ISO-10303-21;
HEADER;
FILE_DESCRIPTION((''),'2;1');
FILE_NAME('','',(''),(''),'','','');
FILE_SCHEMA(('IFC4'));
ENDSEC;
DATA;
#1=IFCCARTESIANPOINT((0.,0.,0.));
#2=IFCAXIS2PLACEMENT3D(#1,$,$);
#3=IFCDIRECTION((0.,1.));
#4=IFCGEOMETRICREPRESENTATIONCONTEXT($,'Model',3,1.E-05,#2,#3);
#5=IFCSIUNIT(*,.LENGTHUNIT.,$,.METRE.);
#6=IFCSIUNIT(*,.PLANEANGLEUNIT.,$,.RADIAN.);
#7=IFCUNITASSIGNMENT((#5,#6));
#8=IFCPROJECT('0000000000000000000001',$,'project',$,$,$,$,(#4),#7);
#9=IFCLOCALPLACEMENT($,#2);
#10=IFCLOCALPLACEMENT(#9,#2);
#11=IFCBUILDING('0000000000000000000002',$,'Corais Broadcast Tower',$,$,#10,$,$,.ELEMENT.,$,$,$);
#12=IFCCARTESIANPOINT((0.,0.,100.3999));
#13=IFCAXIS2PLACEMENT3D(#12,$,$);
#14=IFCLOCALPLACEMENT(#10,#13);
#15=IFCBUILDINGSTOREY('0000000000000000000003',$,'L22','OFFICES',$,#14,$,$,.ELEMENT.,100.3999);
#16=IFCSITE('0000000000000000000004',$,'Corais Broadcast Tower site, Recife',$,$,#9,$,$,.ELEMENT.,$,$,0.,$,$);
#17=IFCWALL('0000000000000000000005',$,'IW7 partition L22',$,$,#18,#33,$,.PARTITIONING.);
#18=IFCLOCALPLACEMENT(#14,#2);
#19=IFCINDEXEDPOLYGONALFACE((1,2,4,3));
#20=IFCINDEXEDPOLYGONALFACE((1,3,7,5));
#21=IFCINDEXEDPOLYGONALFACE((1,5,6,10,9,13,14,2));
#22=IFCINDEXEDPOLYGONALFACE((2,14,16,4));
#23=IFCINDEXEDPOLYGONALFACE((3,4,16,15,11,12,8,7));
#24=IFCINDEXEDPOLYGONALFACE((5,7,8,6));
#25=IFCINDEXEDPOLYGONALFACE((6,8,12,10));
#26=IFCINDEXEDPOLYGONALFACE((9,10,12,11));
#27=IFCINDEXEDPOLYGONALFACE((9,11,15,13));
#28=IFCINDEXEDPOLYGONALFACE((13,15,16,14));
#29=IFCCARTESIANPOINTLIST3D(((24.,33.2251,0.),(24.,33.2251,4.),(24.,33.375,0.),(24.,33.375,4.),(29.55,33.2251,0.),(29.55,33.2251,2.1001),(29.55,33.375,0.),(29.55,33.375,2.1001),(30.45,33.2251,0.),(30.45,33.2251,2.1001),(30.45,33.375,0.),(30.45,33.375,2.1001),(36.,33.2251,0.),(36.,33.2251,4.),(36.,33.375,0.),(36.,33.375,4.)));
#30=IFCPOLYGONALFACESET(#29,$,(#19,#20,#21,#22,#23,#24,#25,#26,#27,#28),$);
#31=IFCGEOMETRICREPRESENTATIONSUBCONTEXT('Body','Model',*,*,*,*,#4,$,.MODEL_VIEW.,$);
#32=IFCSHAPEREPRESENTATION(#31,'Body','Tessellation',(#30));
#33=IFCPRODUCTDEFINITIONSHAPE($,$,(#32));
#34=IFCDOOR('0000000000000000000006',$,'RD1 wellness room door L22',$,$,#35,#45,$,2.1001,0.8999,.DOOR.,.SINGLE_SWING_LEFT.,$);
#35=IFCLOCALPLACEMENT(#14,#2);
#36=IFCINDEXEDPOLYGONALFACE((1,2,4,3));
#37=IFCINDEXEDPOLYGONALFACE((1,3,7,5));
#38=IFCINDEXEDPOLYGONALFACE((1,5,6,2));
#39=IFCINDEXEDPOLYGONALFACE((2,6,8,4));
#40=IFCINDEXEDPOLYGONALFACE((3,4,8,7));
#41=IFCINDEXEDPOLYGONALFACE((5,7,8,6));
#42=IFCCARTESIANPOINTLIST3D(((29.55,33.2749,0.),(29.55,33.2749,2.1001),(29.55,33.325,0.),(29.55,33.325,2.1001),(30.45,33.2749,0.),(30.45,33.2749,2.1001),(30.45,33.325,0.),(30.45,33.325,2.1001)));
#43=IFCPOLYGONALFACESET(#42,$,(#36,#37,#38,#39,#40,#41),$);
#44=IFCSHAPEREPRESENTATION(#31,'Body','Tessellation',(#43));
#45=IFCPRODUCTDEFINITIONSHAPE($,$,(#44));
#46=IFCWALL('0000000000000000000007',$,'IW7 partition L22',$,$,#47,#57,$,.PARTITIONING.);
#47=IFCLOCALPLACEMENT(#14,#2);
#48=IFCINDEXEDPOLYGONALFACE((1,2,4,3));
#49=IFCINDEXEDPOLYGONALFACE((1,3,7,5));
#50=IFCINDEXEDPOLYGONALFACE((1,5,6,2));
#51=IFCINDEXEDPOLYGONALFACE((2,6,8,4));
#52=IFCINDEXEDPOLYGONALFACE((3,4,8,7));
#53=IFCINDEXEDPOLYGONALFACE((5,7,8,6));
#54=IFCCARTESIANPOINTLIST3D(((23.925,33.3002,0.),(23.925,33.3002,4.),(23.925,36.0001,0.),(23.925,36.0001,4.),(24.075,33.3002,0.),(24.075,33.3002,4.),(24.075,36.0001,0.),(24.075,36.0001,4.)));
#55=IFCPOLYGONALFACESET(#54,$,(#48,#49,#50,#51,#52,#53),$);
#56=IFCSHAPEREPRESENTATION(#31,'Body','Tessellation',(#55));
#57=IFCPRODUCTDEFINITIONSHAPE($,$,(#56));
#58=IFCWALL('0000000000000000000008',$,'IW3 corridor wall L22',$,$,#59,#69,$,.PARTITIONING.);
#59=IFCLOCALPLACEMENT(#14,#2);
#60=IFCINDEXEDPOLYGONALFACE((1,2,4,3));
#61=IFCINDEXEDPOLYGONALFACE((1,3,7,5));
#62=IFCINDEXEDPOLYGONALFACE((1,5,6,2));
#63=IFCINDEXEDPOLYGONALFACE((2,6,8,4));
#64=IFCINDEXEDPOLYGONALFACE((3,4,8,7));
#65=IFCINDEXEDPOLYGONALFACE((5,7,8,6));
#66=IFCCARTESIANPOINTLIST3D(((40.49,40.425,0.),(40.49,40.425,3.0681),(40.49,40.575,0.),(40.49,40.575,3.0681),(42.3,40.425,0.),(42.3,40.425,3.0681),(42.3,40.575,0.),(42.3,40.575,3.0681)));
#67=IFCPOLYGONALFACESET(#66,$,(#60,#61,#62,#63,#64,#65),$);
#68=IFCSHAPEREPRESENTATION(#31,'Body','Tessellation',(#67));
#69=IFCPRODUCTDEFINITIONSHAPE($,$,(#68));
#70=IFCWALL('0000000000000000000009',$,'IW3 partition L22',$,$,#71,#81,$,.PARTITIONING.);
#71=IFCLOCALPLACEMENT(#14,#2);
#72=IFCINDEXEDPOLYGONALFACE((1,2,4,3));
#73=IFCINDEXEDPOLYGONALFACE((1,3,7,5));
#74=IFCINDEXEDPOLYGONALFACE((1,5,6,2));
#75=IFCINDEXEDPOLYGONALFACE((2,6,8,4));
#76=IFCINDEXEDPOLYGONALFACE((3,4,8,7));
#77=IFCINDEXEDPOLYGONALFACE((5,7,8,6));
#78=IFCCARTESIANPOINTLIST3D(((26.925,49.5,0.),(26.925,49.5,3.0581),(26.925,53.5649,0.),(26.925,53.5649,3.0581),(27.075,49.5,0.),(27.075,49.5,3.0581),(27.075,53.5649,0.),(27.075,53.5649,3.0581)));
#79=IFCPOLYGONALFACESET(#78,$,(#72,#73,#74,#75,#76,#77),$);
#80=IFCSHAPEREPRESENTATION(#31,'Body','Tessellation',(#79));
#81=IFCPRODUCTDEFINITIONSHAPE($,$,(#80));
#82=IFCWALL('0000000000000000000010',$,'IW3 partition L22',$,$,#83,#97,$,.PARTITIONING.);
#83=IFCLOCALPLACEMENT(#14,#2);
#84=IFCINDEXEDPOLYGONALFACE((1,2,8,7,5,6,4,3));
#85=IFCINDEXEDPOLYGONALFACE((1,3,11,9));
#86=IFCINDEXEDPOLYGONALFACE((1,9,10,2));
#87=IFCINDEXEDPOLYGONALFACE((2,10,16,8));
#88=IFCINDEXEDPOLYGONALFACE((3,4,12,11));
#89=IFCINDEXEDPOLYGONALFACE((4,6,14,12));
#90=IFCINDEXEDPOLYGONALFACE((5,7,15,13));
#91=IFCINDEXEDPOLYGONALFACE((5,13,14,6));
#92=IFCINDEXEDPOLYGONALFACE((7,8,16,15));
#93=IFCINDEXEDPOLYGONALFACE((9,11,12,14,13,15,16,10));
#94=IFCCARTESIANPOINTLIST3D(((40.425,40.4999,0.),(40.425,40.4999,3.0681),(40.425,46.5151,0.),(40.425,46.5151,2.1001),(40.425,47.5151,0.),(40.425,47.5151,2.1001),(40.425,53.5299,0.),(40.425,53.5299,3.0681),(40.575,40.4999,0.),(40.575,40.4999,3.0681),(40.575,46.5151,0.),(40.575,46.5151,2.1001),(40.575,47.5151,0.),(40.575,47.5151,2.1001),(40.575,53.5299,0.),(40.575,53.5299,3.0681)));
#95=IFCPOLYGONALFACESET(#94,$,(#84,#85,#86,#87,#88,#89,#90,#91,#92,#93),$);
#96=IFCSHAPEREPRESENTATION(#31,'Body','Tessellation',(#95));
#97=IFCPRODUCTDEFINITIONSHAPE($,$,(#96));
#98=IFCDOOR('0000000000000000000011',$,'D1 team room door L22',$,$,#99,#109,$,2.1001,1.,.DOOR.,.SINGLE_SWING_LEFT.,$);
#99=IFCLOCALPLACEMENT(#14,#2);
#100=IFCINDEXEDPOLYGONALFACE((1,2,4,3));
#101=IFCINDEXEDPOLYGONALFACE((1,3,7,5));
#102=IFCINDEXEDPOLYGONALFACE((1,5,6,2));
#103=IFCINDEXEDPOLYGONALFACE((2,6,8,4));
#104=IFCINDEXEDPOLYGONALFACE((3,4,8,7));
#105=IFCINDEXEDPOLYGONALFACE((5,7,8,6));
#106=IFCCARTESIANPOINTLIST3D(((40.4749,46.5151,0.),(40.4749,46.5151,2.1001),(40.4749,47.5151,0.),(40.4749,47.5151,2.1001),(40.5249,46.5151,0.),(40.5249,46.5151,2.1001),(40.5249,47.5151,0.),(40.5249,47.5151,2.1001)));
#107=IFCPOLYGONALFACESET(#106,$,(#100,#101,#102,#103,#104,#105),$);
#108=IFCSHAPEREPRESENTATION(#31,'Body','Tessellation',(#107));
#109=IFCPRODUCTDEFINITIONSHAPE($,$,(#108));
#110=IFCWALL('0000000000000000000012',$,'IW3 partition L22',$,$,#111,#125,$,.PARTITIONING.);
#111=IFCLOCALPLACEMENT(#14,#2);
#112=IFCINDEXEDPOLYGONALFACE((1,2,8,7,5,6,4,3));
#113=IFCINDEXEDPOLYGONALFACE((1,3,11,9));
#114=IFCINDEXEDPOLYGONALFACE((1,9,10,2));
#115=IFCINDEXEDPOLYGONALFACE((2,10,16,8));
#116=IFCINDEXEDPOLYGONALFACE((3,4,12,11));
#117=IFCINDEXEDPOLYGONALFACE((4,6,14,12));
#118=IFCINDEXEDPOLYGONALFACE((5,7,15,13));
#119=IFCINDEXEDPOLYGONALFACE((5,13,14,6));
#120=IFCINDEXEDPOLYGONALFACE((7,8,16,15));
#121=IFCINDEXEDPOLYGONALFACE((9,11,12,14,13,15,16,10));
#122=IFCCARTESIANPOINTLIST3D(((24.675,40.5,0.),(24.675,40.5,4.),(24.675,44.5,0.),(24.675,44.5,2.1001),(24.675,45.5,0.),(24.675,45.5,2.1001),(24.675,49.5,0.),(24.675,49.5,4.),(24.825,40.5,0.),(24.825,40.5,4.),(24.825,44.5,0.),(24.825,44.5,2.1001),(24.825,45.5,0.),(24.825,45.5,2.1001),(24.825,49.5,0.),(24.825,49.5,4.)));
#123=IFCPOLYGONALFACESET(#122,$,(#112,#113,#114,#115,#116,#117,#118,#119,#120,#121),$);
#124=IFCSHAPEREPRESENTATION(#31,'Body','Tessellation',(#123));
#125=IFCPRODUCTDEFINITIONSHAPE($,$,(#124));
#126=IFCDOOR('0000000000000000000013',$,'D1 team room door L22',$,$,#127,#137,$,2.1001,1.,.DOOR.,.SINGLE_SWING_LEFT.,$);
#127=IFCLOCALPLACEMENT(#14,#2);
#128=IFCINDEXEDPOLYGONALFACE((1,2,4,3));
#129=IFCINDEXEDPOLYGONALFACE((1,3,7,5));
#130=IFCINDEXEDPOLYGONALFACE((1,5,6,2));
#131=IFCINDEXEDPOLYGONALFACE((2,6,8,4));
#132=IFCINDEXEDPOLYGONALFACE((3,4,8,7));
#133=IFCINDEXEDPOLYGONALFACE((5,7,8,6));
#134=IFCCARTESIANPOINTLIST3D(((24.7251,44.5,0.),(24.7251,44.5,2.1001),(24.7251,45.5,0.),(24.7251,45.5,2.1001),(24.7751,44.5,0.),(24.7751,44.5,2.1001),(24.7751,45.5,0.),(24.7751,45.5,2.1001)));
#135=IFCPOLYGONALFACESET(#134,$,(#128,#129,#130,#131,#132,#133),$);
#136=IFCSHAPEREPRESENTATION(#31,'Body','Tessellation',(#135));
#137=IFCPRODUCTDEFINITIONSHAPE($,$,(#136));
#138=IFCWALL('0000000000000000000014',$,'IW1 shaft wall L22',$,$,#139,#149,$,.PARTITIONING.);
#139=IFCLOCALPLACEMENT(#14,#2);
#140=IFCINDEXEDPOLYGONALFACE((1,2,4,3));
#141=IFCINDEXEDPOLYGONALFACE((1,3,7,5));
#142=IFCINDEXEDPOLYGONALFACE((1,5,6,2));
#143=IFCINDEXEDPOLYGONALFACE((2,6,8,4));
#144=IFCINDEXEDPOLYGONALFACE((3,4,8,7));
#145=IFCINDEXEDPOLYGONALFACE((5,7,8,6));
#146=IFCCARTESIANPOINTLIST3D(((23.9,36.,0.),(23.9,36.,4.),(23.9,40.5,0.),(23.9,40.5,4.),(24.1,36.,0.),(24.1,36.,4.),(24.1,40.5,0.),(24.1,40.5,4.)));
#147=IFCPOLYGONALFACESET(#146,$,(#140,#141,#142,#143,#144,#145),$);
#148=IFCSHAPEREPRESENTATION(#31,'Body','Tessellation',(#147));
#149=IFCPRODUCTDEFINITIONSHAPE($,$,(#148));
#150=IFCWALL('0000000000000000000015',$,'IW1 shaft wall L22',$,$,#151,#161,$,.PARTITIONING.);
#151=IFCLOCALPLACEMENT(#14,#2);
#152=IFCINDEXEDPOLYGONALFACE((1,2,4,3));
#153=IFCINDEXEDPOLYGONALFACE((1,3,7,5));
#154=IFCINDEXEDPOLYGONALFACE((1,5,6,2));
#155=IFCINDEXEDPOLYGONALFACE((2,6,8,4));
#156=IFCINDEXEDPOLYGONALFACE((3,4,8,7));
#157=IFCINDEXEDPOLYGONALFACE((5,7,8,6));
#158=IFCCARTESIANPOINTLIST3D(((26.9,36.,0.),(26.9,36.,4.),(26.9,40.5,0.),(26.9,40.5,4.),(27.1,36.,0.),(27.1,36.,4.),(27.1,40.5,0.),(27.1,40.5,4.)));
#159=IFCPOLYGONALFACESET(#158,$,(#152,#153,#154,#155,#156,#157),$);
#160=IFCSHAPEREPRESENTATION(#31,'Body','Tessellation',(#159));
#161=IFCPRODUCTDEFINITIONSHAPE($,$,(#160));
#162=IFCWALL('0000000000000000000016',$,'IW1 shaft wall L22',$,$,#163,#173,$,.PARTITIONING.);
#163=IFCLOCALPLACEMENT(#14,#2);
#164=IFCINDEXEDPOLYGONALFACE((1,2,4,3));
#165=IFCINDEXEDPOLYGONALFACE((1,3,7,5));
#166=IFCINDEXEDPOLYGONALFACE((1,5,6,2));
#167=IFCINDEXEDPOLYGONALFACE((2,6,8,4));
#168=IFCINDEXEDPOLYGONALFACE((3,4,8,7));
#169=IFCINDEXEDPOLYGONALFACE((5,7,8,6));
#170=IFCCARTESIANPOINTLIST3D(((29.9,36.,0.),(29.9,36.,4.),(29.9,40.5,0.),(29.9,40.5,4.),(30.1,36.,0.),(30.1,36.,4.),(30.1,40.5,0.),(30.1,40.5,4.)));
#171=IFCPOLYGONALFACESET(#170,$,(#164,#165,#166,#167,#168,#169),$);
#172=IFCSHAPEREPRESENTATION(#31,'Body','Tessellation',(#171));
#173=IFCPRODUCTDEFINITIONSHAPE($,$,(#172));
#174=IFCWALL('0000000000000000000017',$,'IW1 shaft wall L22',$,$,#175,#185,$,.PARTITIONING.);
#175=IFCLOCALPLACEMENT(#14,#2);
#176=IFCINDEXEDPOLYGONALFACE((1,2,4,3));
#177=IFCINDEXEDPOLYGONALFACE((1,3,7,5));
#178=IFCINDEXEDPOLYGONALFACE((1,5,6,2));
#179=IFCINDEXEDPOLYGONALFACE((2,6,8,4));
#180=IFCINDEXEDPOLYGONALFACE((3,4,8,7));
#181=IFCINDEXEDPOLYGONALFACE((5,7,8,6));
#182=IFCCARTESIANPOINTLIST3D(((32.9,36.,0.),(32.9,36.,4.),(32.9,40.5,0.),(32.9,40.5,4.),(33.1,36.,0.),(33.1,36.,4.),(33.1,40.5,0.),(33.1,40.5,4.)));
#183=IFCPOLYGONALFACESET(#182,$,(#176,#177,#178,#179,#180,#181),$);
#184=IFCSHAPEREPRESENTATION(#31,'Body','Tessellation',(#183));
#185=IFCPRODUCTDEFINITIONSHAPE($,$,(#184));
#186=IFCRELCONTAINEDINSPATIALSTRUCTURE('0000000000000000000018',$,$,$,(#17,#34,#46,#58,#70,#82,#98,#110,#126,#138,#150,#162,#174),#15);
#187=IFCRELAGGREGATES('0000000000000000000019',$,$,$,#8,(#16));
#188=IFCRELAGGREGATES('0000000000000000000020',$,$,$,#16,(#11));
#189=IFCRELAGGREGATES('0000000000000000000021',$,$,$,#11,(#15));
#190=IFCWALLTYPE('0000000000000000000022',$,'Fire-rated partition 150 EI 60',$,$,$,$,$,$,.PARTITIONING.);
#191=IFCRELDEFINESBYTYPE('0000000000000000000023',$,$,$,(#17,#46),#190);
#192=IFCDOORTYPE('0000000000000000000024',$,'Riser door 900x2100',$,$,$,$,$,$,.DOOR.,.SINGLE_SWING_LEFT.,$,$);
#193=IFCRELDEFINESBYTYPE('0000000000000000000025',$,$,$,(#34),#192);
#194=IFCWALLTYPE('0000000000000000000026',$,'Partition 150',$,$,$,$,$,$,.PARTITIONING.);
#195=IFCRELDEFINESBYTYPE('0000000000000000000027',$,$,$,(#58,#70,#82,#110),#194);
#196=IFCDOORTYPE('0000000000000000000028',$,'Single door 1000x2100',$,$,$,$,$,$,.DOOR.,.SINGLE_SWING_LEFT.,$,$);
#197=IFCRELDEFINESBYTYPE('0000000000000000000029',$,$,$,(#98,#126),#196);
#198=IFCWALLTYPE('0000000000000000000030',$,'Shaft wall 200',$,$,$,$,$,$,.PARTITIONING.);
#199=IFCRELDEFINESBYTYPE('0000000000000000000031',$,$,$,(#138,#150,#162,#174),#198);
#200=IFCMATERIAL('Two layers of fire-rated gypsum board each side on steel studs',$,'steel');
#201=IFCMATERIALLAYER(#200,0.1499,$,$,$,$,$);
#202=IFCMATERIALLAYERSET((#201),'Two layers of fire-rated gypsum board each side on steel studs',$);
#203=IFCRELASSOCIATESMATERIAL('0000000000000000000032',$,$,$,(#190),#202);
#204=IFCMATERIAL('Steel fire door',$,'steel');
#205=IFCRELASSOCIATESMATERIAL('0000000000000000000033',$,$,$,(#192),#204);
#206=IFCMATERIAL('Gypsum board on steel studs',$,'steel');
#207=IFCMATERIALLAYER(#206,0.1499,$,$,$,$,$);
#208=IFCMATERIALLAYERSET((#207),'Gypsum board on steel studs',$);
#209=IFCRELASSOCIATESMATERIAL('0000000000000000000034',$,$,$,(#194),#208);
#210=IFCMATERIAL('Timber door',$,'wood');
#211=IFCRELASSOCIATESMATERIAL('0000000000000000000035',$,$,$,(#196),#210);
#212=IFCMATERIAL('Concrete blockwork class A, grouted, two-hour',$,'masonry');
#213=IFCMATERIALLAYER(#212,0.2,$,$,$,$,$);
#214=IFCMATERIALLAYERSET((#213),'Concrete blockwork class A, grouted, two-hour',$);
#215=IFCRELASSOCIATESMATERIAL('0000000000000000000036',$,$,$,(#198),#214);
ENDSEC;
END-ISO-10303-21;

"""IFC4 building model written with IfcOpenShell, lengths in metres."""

from ifc_helpers import new_model, si_unit, direction, frame, frame_2d, origin, place, context, subcontext, project, spatial, rectangle, extrude, material, layer, layer_set, type_object, element, fill, save


model = new_model("IFC4")

# Units and contexts
model_context = context("Model", 3, precision=1e-05, world=origin(), true_north=direction((0.0, 1.0)))
body_context = subcontext(model_context, "Body", "Model", "MODEL_VIEW")
ifc_project = project(units=[si_unit("LENGTHUNIT", "METRE"), si_unit("PLANEANGLEUNIT", "RADIAN")], contexts=[model_context])

# Site, building, storey
site_placement = place(None, origin())
site = spatial("IfcSite", under=ifc_project, at=site_placement, Name="Corais Broadcast Tower site, Recife", CompositionType="ELEMENT", RefElevation=0.0)
building_placement = place(site_placement, origin())
building = spatial("IfcBuilding", under=site, at=building_placement, Name="Corais Broadcast Tower", CompositionType="ELEMENT")
storey_placement = place(building_placement, frame((0.0, 0.0, 100.3999)))
storey = spatial("IfcBuildingStorey", under=building, at=storey_placement, Name="L22", Description="OFFICES", CompositionType="ELEMENT", Elevation=100.3999)

# Wall, opening, door
ifc_material_1 = material(Name="Two layers of fire-rated gypsum board each side on steel studs", Category="steel")
ifc_layer_1 = layer(ifc_material_1, 0.1499)
ifc_layer_set_1 = layer_set([ifc_layer_1], Name="Two layers of fire-rated gypsum board each side on steel studs")
wall_type_1 = type_object("IfcWallType", Name="Fire-rated partition 150 EI 60", PredefinedType="PARTITIONING", material=ifc_layer_set_1)
wall_1_placement = place(storey_placement, frame((24.0, 33.3, 0.0), z_axis=(0.0, 0.0, 1.0), x_axis=(1.0, 0.0, 0.0)))
wall_1 = element("IfcWall", 1, at=wall_1_placement, inside=storey, type_object=wall_type_1, Name="IW7 partition L22", PredefinedType="PARTITIONING", context=body_context, shape_type="SweptSolid", body=[
    extrude(rectangle(XDim=12.0, YDim=0.1499, at=frame_2d((6.0, 0.0))), origin(), (0.0, 0.0, 1.0), 4.0),
])
opening_1_placement = place(wall_1_placement, frame((5.55, 0.0, 0.0)))
opening_1 = element("IfcOpeningElement", 2, at=opening_1_placement, cuts=wall_1, PredefinedType="OPENING", context=body_context, shape_type="SweptSolid", body=[
    extrude(rectangle(XDim=0.8999, YDim=2.1001, at=frame_2d((0.45, 1.05))), frame((0.0, 0.085, 0.0), z_axis=(0.0, -1.0, 0.0), x_axis=(1.0, 0.0, 0.0)), (0.0, 0.0, 1.0), 0.1699),
])
ifc_material_2 = material(Name="Steel fire door", Category="steel")
door_type_1 = type_object("IfcDoorType", Name="Riser door 900x2100", OperationType="SINGLE_SWING_LEFT", PredefinedType="DOOR", material=ifc_material_2)
door_1_placement = place(opening_1_placement, origin())
door_1 = element("IfcDoor", 3, at=door_1_placement, inside=storey, type_object=door_type_1, Name="RD1 wellness room door L22", OperationType="SINGLE_SWING_LEFT", OverallHeight=2.1001, OverallWidth=0.8999, PredefinedType="DOOR", context=body_context, shape_type="SweptSolid", body=[
    extrude(rectangle(XDim=0.8999, YDim=2.1001, at=frame_2d((0.45, 1.05))), frame((0.0, 0.0249, 0.0), z_axis=(0.0, -1.0, 0.0), x_axis=(1.0, 0.0, 0.0)), (0.0, 0.0, 1.0), 0.05),
])
fill(opening_1, door_1)

# Walls
wall_2_placement = place(storey_placement, frame((24.0, 33.3, 0.0), z_axis=(0.0, 0.0, 1.0), x_axis=(0.0, 1.0, 0.0)))
element("IfcWall", 4, at=wall_2_placement, inside=storey, type_object=wall_type_1, Name="IW7 partition L22", PredefinedType="PARTITIONING", context=body_context, shape_type="SweptSolid", body=[
    extrude(rectangle(XDim=2.7, YDim=0.1499, at=frame_2d((1.3501, 0.0))), origin(), (0.0, 0.0, 1.0), 4.0),
])
ifc_material_3 = material(Name="Gypsum board on steel studs", Category="steel")
ifc_layer_2 = layer(ifc_material_3, 0.1499)
ifc_layer_set_2 = layer_set([ifc_layer_2], Name="Gypsum board on steel studs")
wall_type_2 = type_object("IfcWallType", Name="Partition 150", PredefinedType="PARTITIONING", material=ifc_layer_set_2)
wall_3_placement = place(storey_placement, frame((42.3, 40.5, 0.0), z_axis=(0.0, 0.0, 1.0), x_axis=(-1.0, 0.0, 0.0)))
element("IfcWall", 5, at=wall_3_placement, inside=storey, type_object=wall_type_2, Name="IW3 corridor wall L22", PredefinedType="PARTITIONING", context=body_context, shape_type="SweptSolid", body=[
    extrude(rectangle(XDim=1.8101, YDim=0.1499, at=frame_2d((0.905, 0.0))), origin(), (0.0, 0.0, 1.0), 3.0681),
])
wall_4_placement = place(storey_placement, frame((27.0, 49.5, 0.0), z_axis=(0.0, 0.0, 1.0), x_axis=(0.0, 1.0, 0.0)))
element("IfcWall", 6, at=wall_4_placement, inside=storey, type_object=wall_type_2, Name="IW3 partition L22", PredefinedType="PARTITIONING", context=body_context, shape_type="SweptSolid", body=[
    extrude(rectangle(XDim=4.0649, YDim=0.1499, at=frame_2d((2.0325, 0.0))), origin(), (0.0, 0.0, 1.0), 3.0581),
])

# Walls, openings, doors
wall_5_placement = place(storey_placement, frame((40.5, 53.53, 0.0), z_axis=(0.0, 0.0, 1.0), x_axis=(0.0, -1.0, 0.0)))
wall_5 = element("IfcWall", 7, at=wall_5_placement, inside=storey, type_object=wall_type_2, Name="IW3 partition L22", PredefinedType="PARTITIONING", context=body_context, shape_type="SweptSolid", body=[
    extrude(rectangle(XDim=13.03, YDim=0.1499, at=frame_2d((6.5151, 0.0))), origin(), (0.0, 0.0, 1.0), 3.0681),
])
opening_2_placement = place(wall_5_placement, frame((6.0149, 0.0, 0.0)))
opening_2 = element("IfcOpeningElement", 8, at=opening_2_placement, cuts=wall_5, PredefinedType="OPENING", context=body_context, shape_type="SweptSolid", body=[
    extrude(rectangle(XDim=1.0, YDim=2.1001, at=frame_2d((0.5, 1.05))), frame((0.0, 0.085, 0.0), z_axis=(0.0, -1.0, 0.0), x_axis=(1.0, 0.0, 0.0)), (0.0, 0.0, 1.0), 0.1699),
])
ifc_material_4 = material(Name="Timber door", Category="wood")
door_type_2 = type_object("IfcDoorType", Name="Single door 1000x2100", OperationType="SINGLE_SWING_LEFT", PredefinedType="DOOR", material=ifc_material_4)
door_2_placement = place(opening_2_placement, origin())
door_2 = element("IfcDoor", 9, at=door_2_placement, inside=storey, type_object=door_type_2, Name="D1 team room door L22", OperationType="SINGLE_SWING_LEFT", OverallHeight=2.1001, OverallWidth=1.0, PredefinedType="DOOR", context=body_context, shape_type="SweptSolid", body=[
    extrude(rectangle(XDim=1.0, YDim=2.1001, at=frame_2d((0.5, 1.05))), frame((0.0, 0.0249, 0.0), z_axis=(0.0, -1.0, 0.0), x_axis=(1.0, 0.0, 0.0)), (0.0, 0.0, 1.0), 0.05),
])
fill(opening_2, door_2)
wall_6_placement = place(storey_placement, frame((24.75, 40.5, 0.0), z_axis=(0.0, 0.0, 1.0), x_axis=(0.0, 1.0, 0.0)))
wall_6 = element("IfcWall", 10, at=wall_6_placement, inside=storey, type_object=wall_type_2, Name="IW3 partition L22", PredefinedType="PARTITIONING", context=body_context, shape_type="SweptSolid", body=[
    extrude(rectangle(XDim=9.0, YDim=0.1499, at=frame_2d((4.5, 0.0))), origin(), (0.0, 0.0, 1.0), 4.0),
])
opening_3_placement = place(wall_6_placement, frame((4.0, 0.0, 0.0)))
opening_3 = element("IfcOpeningElement", 11, at=opening_3_placement, cuts=wall_6, PredefinedType="OPENING", context=body_context, shape_type="SweptSolid", body=[
    extrude(rectangle(XDim=1.0, YDim=2.1001, at=frame_2d((0.5, 1.05))), frame((0.0, 0.085, 0.0), z_axis=(0.0, -1.0, 0.0), x_axis=(1.0, 0.0, 0.0)), (0.0, 0.0, 1.0), 0.1699),
])
door_3_placement = place(opening_3_placement, origin())
door_3 = element("IfcDoor", 12, at=door_3_placement, inside=storey, type_object=door_type_2, Name="D1 team room door L22", OperationType="SINGLE_SWING_LEFT", OverallHeight=2.1001, OverallWidth=1.0, PredefinedType="DOOR", context=body_context, shape_type="SweptSolid", body=[
    extrude(rectangle(XDim=1.0, YDim=2.1001, at=frame_2d((0.5, 1.05))), frame((0.0, 0.0249, 0.0), z_axis=(0.0, -1.0, 0.0), x_axis=(1.0, 0.0, 0.0)), (0.0, 0.0, 1.0), 0.05),
])
fill(opening_3, door_3)

# Walls
ifc_material_5 = material(Name="Concrete blockwork class A, grouted, two-hour", Category="masonry")
ifc_layer_3 = layer(ifc_material_5, 0.2)
ifc_layer_set_3 = layer_set([ifc_layer_3], Name="Concrete blockwork class A, grouted, two-hour")
wall_type_3 = type_object("IfcWallType", Name="Shaft wall 200", PredefinedType="PARTITIONING", material=ifc_layer_set_3)
for number, where, z_axis, x_axis, name in (
    (13, (24.0, 36.0, 0.0), (0.0, 0.0, 1.0), (0.0, 1.0, 0.0), "IW1 shaft wall L22"),
    (14, (27.0, 36.0, 0.0), (0.0, 0.0, 1.0), (0.0, 1.0, 0.0), "IW1 shaft wall L22"),
    (15, (30.0, 36.0, 0.0), (0.0, 0.0, 1.0), (0.0, 1.0, 0.0), "IW1 shaft wall L22"),
    (16, (33.0, 36.0, 0.0), (0.0, 0.0, 1.0), (0.0, 1.0, 0.0), "IW1 shaft wall L22"),
):
    element("IfcWall", number, at=place(storey_placement, frame(where, z_axis=z_axis, x_axis=x_axis)), inside=storey, type_object=wall_type_3, Name=name, PredefinedType="PARTITIONING", context=body_context, shape_type="SweptSolid", body=[
        extrude(rectangle(XDim=4.5, YDim=0.2, at=frame_2d((2.25, 0.0))), origin(), (0.0, 0.0, 1.0), 4.0),
    ])

save(model, "model.ifc")
